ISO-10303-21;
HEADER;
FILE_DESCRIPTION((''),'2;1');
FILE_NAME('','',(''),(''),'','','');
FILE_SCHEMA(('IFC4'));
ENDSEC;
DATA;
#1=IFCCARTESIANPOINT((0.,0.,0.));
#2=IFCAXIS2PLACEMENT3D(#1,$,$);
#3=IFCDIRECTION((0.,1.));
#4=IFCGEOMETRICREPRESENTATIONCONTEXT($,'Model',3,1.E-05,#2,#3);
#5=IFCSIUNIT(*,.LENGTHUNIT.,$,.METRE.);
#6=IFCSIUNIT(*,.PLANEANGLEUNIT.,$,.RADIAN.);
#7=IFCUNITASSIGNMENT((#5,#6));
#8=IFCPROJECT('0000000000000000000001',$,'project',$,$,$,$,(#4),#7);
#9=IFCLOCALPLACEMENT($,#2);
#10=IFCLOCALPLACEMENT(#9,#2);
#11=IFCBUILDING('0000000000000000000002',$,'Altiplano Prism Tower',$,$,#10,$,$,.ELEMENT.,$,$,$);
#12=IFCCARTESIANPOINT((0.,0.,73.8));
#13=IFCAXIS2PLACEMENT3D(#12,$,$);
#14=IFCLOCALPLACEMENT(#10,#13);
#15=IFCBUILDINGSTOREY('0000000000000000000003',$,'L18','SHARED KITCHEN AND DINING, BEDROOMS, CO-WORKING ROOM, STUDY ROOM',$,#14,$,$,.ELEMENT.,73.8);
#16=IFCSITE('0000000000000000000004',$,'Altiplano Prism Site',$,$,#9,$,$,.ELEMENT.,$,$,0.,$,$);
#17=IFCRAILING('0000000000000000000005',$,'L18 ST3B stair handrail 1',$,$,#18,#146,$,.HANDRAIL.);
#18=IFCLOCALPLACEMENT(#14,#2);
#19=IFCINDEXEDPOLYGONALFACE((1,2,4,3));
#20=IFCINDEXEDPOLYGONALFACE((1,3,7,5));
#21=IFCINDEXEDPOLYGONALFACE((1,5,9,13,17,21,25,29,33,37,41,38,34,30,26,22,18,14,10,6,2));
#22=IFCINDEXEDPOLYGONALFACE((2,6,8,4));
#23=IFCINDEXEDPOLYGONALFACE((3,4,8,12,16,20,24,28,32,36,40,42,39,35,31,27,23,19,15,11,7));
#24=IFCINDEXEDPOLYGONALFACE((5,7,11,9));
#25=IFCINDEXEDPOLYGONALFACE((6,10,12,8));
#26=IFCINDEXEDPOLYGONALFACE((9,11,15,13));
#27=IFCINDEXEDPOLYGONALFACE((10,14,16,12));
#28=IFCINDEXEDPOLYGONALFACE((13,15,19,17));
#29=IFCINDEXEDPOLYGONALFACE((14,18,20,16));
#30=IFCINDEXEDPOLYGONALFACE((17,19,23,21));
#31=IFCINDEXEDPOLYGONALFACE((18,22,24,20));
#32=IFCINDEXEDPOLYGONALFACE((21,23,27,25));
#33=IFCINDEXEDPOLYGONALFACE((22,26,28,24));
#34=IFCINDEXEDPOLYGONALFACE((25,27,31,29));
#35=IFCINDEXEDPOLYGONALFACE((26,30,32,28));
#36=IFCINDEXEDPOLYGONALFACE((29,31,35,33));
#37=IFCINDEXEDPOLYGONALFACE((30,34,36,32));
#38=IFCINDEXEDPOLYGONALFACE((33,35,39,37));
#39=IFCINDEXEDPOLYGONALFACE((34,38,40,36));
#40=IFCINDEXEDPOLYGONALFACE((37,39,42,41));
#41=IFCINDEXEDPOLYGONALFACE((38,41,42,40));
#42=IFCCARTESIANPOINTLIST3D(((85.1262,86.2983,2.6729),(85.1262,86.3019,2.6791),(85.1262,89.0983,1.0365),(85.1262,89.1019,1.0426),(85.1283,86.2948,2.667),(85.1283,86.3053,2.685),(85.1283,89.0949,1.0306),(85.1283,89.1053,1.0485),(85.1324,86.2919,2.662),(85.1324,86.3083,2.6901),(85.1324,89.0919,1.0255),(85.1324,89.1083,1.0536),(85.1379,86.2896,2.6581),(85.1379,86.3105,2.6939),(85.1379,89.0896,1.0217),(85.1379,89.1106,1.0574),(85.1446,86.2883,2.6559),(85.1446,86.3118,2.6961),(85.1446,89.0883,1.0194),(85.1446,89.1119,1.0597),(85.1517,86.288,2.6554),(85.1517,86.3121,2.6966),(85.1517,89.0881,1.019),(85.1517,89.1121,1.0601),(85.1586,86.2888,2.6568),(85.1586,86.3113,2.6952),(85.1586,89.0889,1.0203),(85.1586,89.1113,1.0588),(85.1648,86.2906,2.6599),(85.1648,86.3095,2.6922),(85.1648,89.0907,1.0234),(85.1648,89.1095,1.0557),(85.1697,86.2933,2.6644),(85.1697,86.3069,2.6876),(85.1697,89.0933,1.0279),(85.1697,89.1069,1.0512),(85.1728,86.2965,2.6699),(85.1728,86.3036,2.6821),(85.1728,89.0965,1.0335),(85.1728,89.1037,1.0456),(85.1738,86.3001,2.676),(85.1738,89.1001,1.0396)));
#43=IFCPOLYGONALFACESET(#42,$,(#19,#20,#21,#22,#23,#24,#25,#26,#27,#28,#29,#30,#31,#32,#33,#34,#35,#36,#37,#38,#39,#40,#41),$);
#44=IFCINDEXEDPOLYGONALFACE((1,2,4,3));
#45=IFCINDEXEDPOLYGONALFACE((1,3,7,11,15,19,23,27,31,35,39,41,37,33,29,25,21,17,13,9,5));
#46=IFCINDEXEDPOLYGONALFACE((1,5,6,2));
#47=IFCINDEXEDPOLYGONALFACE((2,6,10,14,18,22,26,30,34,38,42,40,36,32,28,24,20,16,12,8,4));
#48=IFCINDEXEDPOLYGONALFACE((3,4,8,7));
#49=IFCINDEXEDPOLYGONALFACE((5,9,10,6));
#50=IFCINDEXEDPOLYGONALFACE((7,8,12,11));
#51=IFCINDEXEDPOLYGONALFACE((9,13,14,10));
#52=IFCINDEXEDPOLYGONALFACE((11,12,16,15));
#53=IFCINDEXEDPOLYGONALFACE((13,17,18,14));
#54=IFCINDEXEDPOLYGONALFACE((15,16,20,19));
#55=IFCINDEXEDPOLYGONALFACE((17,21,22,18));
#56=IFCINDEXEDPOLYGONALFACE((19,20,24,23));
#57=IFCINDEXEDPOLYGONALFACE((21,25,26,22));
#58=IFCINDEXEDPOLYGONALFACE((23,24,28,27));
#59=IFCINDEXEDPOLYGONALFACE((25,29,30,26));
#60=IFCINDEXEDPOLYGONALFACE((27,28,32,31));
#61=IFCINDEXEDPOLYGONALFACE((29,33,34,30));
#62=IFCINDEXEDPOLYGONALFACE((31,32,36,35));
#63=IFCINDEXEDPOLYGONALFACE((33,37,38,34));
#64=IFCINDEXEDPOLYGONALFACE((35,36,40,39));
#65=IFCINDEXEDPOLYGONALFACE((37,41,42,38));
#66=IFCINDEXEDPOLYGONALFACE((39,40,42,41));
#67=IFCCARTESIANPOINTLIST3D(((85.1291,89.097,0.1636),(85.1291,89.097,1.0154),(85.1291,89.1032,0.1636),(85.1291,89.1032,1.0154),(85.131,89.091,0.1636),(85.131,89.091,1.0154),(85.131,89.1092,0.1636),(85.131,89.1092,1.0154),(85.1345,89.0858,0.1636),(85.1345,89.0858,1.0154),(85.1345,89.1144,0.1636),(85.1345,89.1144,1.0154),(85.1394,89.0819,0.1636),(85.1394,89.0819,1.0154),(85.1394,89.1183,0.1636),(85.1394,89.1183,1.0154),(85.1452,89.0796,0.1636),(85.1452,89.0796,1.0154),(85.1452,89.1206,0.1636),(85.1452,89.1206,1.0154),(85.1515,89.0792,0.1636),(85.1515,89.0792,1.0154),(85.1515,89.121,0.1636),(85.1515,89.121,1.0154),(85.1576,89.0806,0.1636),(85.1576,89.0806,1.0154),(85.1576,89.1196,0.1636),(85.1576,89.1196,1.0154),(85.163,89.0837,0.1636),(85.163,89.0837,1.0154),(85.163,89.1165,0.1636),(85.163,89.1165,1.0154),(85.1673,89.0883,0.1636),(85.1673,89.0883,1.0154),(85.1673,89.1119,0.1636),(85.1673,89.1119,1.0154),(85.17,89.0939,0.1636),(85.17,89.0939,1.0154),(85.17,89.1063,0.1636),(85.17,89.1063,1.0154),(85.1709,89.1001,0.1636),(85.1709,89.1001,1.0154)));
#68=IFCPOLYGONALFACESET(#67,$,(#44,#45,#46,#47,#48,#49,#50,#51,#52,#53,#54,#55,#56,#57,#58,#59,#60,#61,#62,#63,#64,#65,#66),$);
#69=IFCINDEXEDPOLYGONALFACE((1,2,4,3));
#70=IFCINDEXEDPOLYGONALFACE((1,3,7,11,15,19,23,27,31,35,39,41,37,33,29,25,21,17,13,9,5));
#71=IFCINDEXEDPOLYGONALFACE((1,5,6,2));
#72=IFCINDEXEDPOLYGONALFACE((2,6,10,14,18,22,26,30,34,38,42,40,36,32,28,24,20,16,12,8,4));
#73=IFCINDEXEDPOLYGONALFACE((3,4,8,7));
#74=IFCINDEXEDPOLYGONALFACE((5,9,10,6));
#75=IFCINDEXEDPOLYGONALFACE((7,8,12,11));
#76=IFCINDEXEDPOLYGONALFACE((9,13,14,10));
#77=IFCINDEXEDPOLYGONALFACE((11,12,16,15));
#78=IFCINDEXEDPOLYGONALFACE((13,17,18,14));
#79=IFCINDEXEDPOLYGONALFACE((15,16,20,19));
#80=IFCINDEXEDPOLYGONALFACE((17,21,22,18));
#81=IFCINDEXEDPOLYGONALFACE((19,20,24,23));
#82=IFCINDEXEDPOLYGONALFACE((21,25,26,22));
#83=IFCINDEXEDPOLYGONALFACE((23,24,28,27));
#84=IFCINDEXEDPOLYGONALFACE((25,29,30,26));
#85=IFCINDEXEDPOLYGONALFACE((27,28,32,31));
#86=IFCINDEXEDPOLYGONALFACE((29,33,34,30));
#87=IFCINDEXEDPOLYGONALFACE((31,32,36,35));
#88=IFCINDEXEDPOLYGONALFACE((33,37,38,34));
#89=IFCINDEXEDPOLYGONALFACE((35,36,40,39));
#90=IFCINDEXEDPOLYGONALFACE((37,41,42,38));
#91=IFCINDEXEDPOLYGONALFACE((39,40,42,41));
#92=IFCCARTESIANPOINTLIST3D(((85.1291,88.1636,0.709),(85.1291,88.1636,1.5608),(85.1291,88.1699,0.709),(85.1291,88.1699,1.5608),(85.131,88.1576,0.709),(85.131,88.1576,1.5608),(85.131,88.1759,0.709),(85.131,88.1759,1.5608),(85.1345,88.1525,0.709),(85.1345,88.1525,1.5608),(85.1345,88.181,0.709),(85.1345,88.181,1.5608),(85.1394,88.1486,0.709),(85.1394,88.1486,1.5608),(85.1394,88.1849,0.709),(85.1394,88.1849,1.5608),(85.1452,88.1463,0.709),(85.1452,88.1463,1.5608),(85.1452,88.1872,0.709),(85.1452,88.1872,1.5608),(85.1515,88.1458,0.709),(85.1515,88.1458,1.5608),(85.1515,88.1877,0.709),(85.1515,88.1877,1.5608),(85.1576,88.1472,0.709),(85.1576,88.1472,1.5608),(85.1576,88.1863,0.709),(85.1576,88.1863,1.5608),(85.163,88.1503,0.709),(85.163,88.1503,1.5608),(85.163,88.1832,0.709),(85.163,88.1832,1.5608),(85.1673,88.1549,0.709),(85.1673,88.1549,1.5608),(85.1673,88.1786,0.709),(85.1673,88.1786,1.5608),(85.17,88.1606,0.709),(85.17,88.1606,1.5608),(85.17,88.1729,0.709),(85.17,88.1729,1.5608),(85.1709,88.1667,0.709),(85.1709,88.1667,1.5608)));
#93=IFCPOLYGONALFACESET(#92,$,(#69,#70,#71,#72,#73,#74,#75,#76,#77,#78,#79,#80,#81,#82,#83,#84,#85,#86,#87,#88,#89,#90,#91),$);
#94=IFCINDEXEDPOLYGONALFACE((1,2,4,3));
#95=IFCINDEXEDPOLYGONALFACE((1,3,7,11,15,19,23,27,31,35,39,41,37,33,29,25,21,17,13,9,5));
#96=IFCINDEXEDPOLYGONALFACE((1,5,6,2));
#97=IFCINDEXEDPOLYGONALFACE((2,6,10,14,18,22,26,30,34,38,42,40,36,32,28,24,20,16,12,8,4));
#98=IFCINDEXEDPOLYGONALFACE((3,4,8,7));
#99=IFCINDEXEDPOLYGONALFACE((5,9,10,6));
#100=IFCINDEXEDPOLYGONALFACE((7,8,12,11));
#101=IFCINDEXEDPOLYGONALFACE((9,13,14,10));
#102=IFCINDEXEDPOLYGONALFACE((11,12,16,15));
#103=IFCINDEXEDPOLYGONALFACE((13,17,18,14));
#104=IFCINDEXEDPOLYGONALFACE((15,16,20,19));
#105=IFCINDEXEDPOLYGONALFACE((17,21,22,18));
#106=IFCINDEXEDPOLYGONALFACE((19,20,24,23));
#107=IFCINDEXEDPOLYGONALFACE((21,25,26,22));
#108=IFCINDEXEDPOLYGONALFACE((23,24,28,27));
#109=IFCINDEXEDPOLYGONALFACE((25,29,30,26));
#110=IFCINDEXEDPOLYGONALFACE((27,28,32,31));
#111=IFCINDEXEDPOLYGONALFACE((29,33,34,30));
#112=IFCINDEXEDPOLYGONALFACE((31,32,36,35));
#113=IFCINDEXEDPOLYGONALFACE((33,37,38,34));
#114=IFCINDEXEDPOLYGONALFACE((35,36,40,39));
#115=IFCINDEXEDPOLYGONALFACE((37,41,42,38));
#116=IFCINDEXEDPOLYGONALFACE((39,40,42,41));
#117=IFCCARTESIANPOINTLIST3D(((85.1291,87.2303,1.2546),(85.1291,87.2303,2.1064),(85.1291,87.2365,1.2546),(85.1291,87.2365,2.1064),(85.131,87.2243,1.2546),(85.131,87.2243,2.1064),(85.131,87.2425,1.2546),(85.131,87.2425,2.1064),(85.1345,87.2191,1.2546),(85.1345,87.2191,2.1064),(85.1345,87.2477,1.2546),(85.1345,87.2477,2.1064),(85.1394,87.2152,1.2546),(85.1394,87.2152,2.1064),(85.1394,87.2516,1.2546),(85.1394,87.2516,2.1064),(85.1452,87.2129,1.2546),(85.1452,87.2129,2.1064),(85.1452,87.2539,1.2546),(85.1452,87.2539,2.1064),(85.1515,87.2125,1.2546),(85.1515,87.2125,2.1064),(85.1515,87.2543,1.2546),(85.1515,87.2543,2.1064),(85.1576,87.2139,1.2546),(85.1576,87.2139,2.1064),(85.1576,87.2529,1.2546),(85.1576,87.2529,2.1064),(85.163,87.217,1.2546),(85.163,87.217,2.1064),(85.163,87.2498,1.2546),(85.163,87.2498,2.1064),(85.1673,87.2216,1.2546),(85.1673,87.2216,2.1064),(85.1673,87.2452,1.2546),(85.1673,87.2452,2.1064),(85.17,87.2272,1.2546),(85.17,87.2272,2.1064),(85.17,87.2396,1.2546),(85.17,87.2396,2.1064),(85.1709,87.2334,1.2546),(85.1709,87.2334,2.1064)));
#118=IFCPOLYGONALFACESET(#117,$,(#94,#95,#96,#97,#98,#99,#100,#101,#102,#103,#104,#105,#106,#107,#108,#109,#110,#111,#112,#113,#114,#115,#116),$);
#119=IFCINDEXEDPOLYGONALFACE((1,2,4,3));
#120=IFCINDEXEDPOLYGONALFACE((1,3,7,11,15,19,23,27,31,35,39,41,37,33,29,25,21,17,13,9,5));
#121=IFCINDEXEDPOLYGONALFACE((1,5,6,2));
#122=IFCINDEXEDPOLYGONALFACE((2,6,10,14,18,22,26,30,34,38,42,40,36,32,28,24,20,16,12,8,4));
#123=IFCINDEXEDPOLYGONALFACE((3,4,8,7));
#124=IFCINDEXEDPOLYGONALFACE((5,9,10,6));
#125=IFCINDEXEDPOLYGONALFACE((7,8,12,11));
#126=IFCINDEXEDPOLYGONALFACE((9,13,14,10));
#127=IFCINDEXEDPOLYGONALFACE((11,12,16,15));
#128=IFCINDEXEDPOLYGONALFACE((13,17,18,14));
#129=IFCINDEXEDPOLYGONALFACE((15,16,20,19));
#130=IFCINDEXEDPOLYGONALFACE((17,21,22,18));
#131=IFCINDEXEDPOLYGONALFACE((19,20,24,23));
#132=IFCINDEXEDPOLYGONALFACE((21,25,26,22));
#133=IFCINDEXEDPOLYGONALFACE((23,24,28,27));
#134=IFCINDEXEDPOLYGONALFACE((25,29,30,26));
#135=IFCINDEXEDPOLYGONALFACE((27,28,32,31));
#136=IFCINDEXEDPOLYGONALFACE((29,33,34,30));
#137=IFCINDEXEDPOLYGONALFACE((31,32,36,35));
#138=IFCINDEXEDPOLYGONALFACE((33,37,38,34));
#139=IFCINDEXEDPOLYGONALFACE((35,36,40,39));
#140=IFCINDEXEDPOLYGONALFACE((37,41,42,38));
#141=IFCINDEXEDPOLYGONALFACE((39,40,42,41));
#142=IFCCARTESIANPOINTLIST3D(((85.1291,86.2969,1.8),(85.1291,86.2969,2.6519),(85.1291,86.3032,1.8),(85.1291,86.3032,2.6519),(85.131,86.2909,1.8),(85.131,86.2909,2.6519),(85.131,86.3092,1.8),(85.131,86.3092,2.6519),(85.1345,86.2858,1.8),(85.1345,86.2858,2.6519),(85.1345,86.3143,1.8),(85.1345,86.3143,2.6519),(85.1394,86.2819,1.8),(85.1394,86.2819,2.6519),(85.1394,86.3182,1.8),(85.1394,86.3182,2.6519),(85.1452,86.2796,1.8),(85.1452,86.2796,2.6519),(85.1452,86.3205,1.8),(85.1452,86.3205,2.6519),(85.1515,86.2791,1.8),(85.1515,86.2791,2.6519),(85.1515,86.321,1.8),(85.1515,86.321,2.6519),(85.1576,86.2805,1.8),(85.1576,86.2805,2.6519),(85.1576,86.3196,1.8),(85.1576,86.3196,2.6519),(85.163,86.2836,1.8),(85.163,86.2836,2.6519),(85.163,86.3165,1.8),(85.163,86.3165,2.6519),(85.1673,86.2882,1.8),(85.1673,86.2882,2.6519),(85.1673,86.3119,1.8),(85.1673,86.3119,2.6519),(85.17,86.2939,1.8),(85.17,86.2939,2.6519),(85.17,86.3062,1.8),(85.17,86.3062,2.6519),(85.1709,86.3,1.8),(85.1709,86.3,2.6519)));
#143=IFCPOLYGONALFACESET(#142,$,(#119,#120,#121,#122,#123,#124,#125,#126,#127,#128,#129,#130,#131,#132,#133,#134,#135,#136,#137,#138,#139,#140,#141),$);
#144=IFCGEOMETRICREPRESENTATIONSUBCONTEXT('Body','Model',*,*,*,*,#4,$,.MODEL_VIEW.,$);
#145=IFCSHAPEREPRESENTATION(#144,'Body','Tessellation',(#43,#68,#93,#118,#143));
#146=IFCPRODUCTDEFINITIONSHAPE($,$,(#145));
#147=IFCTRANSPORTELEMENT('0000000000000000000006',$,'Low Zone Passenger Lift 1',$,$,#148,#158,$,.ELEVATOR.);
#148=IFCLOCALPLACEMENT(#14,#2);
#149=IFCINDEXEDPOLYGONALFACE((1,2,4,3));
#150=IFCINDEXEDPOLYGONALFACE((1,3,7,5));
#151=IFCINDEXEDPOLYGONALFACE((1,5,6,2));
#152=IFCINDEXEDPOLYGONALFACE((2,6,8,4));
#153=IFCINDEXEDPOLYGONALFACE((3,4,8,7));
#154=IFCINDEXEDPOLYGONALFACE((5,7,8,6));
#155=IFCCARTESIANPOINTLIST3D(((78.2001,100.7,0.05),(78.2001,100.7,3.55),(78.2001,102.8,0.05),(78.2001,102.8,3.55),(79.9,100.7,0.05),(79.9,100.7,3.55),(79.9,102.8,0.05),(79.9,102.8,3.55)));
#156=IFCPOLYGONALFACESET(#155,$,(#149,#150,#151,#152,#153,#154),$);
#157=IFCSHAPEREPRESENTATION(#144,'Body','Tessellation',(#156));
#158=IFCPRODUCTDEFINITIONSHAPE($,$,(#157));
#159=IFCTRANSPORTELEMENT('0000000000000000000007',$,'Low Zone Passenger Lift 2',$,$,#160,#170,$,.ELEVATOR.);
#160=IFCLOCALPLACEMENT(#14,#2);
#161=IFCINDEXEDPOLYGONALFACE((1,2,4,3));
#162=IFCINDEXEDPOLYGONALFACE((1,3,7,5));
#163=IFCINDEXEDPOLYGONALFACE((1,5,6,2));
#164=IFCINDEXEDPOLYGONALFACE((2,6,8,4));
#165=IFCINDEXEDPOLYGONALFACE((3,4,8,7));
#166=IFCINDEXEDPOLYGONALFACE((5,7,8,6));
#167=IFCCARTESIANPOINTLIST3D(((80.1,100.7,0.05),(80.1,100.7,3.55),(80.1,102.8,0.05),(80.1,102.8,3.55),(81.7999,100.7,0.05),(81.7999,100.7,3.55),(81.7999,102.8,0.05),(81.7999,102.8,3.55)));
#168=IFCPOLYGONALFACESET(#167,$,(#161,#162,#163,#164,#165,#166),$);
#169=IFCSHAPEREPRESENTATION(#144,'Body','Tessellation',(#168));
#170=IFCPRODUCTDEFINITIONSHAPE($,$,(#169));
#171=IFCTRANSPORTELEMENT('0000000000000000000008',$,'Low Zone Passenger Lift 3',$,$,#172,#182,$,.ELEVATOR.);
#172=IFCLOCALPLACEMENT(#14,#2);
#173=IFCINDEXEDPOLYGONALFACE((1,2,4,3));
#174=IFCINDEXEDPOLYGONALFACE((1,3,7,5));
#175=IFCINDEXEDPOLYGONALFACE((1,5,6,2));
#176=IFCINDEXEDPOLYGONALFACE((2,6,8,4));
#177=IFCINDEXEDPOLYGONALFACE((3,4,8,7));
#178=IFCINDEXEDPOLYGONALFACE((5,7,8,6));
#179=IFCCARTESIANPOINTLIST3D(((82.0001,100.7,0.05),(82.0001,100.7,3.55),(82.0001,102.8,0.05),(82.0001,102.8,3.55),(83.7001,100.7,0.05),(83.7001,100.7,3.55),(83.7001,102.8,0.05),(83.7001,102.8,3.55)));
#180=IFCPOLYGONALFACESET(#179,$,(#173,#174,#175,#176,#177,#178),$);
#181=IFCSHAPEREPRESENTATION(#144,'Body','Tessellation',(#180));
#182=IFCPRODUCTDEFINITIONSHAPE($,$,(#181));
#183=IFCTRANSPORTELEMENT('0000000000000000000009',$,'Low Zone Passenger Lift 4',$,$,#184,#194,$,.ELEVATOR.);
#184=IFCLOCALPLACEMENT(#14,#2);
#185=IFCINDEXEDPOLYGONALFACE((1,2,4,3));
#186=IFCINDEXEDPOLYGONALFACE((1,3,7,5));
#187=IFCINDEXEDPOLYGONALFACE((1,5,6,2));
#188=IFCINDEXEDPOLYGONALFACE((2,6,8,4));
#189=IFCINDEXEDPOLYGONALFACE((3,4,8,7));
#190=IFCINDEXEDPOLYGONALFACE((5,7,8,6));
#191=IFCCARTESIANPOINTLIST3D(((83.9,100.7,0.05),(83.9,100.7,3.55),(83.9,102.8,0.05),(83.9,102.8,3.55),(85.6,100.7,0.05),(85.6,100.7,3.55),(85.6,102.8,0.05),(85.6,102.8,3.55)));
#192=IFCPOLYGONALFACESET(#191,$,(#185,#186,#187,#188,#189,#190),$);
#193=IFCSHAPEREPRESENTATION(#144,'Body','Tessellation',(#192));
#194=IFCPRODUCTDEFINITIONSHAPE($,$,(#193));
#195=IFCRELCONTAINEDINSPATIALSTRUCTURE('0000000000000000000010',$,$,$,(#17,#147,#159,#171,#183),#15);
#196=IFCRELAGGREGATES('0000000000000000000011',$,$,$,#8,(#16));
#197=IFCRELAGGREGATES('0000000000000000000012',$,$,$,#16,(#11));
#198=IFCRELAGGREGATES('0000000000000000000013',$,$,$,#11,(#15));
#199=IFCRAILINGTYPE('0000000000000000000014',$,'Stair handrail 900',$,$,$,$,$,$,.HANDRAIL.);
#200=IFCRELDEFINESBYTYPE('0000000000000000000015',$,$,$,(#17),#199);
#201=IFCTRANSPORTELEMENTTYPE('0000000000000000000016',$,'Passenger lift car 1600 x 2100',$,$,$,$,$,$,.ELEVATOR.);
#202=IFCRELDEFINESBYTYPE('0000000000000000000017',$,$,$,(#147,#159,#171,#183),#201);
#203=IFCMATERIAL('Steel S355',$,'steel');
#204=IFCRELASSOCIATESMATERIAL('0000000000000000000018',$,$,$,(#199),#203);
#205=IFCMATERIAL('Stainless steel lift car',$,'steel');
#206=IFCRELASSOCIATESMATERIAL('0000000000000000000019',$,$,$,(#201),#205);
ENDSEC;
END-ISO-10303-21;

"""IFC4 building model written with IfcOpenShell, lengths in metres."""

from ifc_helpers import new_model, si_unit, direction, frame, origin, origin_2d, place, context, subcontext, project, spatial, rectangle, circle, extrude, material, type_object, element, save


model = new_model("IFC4")

# Units and contexts
model_context = context("Model", 3, precision=1e-05, world=origin(), true_north=direction((0.0, 1.0)))
body_context = subcontext(model_context, "Body", "Model", "MODEL_VIEW")
ifc_project = project(units=[si_unit("LENGTHUNIT", "METRE"), si_unit("PLANEANGLEUNIT", "RADIAN")], contexts=[model_context])

# Site, building, storey
site_placement = place(None, origin())
site = spatial("IfcSite", under=ifc_project, at=site_placement, Name="Altiplano Prism Site", CompositionType="ELEMENT", RefElevation=0.0)
building_placement = place(site_placement, origin())
building = spatial("IfcBuilding", under=site, at=building_placement, Name="Altiplano Prism Tower", CompositionType="ELEMENT")
storey_placement = place(building_placement, frame((0.0, 0.0, 73.8)))
storey = spatial("IfcBuildingStorey", under=building, at=storey_placement, Name="L18", Description="SHARED KITCHEN AND DINING, BEDROOMS, CO-WORKING ROOM, STUDY ROOM", CompositionType="ELEMENT", Elevation=73.8)

# Railing
ifc_material_1 = material(Name="Steel S355", Category="steel")
railing_type_1 = type_object("IfcRailingType", Name="Stair handrail 900", PredefinedType="HANDRAIL", material=ifc_material_1)
for number, where, name in (
    (1, (85.1499, 89.1001, 0.1636), "L18 ST3B stair handrail 1"),
):
    element("IfcRailing", number, at=place(storey_placement, frame(where)), inside=storey, type_object=railing_type_1, Name=name, PredefinedType="HANDRAIL", context=body_context, shape_type="SweptSolid", body=[
        extrude(circle(Radius=0.0239, at=origin_2d()), frame((0.0, 0.0, 0.876), z_axis=(0.0, -0.863361, 0.504587), x_axis=(1.0, 0.0, 0.0)), (0.0, 0.0, 1.0), 3.2432),
        extrude(circle(Radius=0.021, at=origin_2d()), origin(), (0.0, 0.0, 1.0), 0.8518),
        extrude(circle(Radius=0.021, at=origin_2d()), frame((0.0, -0.9333, 0.5454)), (0.0, 0.0, 1.0), 0.8518),
        extrude(circle(Radius=0.021, at=origin_2d()), frame((0.0, -1.8667, 1.0911)), (0.0, 0.0, 1.0), 0.8518),
        extrude(circle(Radius=0.021, at=origin_2d()), frame((0.0, -2.8, 1.6365)), (0.0, 0.0, 1.0), 0.8518),
    ])

# Transport elements
ifc_material_2 = material(Name="Stainless steel lift car", Category="steel")
transport_element_type = type_object("IfcTransportElementType", Name="Passenger lift car 1600 x 2100", PredefinedType="ELEVATOR", material=ifc_material_2)
for number, where, z_axis, x_axis, name in (
    (2, (79.05, 101.75, 0.05), (0.0, 0.0, 1.0), (1.0, 0.0, 0.0), "Low Zone Passenger Lift 1"),
    (3, (80.95, 101.75, 0.05), (0.0, 0.0, 1.0), (1.0, 0.0, 0.0), "Low Zone Passenger Lift 2"),
    (4, (82.8501, 101.75, 0.05), (0.0, 0.0, 1.0), (1.0, 0.0, 0.0), "Low Zone Passenger Lift 3"),
    (5, (84.75, 101.75, 0.05), (0.0, 0.0, 1.0), (1.0, 0.0, 0.0), "Low Zone Passenger Lift 4"),
):
    element("IfcTransportElement", number, at=place(storey_placement, frame(where, z_axis=z_axis, x_axis=x_axis)), inside=storey, type_object=transport_element_type, Name=name, PredefinedType="ELEVATOR", context=body_context, shape_type="SweptSolid", body=[
        extrude(rectangle(XDim=1.7, YDim=2.1001, at=origin_2d()), origin(), (0.0, 0.0, 1.0), 3.5),
    ])

save(model, "model.ifc")
